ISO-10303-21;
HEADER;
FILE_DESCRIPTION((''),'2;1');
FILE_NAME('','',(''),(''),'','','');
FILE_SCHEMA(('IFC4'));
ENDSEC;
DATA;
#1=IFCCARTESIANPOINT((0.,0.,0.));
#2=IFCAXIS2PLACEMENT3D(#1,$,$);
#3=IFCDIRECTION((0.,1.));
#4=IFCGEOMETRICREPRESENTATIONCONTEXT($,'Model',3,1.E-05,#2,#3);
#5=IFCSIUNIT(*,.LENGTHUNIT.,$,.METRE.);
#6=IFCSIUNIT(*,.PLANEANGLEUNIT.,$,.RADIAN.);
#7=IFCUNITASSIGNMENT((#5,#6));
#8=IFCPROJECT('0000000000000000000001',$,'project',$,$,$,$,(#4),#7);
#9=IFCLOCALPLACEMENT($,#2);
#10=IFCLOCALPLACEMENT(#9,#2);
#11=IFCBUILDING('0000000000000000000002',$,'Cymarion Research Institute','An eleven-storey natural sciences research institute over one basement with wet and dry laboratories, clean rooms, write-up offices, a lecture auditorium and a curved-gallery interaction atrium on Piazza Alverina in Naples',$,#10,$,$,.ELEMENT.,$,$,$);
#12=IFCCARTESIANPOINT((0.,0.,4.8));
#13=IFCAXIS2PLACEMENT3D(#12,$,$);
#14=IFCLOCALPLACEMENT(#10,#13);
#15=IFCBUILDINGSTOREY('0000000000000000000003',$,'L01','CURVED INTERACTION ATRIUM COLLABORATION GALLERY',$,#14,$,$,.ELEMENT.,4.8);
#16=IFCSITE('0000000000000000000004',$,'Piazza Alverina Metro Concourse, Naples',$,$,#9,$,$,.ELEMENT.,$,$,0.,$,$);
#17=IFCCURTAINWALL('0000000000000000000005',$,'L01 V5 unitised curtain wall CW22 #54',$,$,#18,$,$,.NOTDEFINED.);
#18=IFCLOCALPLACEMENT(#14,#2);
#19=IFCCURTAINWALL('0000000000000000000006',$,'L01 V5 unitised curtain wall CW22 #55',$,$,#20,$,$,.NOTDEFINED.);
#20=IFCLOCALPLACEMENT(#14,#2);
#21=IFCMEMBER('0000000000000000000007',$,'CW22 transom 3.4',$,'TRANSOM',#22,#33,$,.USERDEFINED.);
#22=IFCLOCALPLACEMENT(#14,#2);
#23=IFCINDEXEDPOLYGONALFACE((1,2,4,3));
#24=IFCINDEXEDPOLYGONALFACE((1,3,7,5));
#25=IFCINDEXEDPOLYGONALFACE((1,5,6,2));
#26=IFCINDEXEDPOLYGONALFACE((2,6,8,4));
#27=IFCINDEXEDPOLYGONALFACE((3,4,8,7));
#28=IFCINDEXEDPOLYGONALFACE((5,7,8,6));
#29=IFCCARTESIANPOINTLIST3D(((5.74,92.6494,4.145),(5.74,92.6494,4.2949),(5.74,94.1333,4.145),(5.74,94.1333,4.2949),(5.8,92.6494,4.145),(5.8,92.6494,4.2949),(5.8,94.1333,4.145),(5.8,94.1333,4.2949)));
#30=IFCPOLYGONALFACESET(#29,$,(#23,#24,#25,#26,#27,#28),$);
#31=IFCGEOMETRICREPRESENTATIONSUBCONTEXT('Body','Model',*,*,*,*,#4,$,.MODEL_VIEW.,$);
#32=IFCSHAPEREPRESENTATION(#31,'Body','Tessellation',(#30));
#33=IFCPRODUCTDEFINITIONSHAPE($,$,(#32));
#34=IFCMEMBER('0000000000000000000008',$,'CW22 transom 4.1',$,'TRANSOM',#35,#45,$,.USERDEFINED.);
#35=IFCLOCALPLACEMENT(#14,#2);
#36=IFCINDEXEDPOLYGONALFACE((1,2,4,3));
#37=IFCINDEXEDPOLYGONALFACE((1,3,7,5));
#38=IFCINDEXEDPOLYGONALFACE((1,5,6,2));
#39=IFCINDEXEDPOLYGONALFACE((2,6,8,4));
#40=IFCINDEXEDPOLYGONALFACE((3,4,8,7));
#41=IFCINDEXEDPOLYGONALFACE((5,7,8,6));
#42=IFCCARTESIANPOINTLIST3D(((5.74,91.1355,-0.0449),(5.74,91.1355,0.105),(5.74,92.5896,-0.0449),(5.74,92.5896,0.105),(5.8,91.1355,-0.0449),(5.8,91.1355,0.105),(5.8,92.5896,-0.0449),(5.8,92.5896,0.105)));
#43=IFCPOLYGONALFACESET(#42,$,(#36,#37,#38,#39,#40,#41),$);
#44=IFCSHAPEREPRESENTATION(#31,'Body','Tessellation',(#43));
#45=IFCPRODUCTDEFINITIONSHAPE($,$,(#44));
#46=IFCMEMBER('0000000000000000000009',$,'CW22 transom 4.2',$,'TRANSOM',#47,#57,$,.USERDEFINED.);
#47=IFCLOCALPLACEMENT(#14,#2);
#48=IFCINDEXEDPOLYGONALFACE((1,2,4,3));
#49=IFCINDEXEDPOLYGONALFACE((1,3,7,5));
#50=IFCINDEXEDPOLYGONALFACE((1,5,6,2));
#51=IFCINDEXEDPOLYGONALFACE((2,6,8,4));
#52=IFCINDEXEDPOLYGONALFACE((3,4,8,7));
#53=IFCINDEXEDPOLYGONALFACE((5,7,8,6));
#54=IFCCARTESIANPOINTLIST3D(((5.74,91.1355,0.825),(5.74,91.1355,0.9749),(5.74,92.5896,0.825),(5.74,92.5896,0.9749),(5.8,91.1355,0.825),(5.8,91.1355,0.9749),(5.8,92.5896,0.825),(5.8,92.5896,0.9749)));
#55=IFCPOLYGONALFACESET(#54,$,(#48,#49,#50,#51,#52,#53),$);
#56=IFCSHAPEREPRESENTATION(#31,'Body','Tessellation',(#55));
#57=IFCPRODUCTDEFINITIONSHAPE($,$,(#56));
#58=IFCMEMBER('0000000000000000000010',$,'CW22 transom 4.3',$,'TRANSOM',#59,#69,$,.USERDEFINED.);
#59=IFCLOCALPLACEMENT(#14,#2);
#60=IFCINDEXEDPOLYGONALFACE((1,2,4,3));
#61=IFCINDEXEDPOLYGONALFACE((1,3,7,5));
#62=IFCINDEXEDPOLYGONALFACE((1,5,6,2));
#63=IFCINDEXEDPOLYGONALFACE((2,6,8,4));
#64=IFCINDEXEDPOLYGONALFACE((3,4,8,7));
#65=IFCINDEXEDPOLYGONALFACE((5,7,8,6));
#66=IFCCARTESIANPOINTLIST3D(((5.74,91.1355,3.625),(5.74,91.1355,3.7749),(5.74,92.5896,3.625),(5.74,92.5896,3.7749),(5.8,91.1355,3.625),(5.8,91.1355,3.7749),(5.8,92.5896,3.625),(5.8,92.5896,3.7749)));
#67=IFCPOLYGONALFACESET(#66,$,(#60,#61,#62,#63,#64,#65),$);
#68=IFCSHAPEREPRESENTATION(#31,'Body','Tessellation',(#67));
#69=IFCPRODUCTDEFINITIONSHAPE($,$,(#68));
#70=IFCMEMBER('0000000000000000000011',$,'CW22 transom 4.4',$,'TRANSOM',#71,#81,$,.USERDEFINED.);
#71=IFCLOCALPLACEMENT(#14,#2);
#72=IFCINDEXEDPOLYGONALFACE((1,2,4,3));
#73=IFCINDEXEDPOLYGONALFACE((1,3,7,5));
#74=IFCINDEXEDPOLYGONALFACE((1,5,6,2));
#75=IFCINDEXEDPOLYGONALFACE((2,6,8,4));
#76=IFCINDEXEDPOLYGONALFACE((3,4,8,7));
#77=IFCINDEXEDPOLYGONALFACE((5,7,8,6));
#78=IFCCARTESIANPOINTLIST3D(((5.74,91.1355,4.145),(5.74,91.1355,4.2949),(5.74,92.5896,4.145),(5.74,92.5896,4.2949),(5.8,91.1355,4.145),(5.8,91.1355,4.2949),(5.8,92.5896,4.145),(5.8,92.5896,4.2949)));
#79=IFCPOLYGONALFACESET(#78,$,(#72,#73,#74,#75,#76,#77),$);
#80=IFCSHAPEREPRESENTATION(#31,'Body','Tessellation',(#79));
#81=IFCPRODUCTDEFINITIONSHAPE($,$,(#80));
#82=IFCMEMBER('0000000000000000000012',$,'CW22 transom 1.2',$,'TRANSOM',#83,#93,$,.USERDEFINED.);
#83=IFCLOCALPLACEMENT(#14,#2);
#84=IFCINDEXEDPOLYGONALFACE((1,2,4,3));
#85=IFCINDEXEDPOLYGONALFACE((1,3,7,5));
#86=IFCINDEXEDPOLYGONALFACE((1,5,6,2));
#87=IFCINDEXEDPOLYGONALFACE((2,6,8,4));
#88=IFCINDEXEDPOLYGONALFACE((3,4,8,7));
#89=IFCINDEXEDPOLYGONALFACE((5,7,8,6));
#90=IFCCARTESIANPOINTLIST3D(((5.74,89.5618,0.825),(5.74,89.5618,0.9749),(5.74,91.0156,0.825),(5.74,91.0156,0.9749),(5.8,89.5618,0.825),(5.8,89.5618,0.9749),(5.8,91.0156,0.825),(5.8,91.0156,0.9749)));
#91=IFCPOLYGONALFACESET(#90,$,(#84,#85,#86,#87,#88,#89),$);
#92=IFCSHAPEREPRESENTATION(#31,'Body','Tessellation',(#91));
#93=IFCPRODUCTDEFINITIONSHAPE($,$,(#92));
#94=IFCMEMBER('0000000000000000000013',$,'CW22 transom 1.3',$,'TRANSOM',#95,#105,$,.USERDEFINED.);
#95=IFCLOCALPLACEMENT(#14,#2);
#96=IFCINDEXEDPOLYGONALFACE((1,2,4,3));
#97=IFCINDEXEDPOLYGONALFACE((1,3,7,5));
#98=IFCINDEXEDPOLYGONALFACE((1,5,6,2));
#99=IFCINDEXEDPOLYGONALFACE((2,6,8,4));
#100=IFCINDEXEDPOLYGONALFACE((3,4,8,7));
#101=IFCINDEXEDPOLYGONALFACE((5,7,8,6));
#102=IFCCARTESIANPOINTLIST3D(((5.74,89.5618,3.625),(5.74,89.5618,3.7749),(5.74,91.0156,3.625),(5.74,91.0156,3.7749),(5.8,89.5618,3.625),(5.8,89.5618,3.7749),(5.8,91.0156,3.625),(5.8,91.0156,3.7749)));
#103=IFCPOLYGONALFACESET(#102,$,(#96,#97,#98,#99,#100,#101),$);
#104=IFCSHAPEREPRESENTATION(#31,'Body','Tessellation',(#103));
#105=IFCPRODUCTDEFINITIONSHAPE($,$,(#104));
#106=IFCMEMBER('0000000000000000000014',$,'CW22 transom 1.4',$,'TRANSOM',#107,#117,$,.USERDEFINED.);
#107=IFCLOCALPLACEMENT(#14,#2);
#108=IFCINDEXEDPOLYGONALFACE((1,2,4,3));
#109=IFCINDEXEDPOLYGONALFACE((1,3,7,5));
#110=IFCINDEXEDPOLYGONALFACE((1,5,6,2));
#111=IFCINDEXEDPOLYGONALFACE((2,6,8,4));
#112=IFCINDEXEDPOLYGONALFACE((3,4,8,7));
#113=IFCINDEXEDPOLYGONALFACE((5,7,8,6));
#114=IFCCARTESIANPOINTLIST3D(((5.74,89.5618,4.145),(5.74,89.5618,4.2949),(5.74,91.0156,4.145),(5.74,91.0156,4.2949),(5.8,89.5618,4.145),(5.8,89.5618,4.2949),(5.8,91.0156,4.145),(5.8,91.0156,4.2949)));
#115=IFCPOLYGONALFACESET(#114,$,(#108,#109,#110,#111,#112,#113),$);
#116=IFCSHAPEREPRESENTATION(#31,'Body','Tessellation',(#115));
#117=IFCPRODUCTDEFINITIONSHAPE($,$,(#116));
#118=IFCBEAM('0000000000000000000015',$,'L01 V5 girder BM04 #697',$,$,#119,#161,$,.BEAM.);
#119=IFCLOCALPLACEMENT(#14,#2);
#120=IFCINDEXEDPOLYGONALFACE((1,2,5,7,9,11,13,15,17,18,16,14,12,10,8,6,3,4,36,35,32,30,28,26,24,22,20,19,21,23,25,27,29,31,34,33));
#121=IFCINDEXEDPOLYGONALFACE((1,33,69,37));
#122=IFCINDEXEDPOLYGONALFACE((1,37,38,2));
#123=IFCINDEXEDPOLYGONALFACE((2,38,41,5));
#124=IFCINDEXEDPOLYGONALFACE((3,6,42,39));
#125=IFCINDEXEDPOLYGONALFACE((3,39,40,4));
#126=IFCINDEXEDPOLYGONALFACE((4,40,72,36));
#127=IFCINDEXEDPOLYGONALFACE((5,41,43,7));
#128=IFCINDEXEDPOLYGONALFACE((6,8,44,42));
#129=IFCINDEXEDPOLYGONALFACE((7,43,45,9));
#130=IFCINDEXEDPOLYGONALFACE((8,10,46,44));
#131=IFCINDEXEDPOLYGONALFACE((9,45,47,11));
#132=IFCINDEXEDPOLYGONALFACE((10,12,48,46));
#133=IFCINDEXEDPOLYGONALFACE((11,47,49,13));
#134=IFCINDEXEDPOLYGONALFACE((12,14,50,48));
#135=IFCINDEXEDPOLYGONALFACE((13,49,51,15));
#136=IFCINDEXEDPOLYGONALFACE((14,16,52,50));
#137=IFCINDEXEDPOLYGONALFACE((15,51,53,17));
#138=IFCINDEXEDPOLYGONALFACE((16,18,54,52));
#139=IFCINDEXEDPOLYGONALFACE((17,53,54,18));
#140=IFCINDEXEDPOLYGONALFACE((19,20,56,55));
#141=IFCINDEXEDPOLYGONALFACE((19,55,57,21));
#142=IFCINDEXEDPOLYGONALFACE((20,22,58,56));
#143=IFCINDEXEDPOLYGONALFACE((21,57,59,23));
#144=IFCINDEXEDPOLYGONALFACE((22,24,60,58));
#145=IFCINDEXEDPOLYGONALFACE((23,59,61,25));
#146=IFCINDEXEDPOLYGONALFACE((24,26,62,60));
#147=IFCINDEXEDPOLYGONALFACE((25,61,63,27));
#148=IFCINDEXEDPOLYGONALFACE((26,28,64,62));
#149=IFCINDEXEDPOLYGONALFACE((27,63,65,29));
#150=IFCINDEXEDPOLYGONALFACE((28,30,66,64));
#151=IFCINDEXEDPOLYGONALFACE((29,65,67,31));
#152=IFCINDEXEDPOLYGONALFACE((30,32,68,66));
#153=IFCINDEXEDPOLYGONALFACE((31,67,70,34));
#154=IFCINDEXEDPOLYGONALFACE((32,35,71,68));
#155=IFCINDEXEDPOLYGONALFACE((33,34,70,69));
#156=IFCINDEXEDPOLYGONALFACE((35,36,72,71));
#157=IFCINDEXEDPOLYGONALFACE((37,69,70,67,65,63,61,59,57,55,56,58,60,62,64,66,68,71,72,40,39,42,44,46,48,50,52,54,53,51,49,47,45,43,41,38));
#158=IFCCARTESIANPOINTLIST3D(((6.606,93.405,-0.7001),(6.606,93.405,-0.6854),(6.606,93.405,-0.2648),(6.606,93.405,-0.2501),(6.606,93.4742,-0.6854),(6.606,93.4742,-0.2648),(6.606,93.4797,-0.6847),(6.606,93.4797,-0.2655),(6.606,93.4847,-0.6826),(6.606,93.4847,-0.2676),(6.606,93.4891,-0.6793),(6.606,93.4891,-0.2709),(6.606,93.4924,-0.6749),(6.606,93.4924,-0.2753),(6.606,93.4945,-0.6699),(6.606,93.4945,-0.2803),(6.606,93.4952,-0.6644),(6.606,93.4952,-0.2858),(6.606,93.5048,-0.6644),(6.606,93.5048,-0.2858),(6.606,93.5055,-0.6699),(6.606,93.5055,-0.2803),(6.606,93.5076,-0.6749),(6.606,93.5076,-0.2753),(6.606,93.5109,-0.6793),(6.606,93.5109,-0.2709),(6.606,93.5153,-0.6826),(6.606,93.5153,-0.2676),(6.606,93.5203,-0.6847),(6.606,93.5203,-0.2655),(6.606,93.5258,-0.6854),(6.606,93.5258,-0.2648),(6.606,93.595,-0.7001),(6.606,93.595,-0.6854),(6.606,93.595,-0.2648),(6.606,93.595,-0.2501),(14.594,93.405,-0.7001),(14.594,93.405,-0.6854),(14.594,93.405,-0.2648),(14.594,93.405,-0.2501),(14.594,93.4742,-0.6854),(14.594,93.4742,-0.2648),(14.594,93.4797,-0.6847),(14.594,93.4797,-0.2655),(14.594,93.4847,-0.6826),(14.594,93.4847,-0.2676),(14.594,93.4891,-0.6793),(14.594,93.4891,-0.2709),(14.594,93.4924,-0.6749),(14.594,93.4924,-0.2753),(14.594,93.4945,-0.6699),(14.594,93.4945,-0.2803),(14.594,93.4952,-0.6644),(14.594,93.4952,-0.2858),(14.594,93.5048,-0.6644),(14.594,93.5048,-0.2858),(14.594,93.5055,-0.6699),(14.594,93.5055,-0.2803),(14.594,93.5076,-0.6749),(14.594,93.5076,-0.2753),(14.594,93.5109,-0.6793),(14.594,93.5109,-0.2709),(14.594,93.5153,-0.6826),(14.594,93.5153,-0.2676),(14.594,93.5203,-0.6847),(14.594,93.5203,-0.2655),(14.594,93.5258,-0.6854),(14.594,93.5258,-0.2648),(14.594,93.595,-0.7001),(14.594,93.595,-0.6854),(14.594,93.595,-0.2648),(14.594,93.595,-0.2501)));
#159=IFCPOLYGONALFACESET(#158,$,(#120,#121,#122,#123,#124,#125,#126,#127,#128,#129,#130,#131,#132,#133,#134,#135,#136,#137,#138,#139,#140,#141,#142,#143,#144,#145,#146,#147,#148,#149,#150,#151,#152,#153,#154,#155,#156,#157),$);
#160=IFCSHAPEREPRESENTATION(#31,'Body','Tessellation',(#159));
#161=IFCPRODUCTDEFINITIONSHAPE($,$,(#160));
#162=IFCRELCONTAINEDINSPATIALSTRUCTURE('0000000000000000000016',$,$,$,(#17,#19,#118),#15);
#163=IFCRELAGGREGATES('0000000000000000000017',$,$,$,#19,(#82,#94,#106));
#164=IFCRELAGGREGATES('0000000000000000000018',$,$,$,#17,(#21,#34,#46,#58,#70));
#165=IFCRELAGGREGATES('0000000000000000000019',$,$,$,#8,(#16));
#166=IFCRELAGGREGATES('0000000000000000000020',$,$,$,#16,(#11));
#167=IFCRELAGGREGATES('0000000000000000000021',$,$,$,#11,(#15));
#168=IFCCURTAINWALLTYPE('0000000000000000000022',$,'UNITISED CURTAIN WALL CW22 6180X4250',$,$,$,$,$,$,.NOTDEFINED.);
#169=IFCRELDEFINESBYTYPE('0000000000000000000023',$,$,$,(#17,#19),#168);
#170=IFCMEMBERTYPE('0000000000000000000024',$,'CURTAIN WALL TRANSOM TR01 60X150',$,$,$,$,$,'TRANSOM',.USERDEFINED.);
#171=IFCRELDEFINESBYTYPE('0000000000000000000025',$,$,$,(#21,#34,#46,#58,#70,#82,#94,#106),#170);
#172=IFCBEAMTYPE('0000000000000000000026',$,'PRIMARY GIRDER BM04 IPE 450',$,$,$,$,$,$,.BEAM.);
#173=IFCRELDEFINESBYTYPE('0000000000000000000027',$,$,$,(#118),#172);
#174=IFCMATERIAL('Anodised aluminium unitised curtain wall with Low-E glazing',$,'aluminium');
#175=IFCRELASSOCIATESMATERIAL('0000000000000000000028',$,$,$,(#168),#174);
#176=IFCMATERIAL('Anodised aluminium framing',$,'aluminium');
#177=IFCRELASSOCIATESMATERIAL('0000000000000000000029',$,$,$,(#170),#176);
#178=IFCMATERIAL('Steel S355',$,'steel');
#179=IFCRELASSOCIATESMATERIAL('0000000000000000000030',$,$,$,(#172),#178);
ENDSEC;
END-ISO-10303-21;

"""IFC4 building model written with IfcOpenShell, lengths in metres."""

from ifc_helpers import new_model, si_unit, direction, frame, origin, origin_2d, place, context, subcontext, project, spatial, rectangle, i_section, extrude, material, material_profile, profile_set, type_object, element, aggregate, save


model = new_model("IFC4")

# Units and contexts
model_context = context("Model", 3, precision=1e-05, world=origin(), true_north=direction((0.0, 1.0)))
body_context = subcontext(model_context, "Body", "Model", "MODEL_VIEW")
ifc_project = project(units=[si_unit("LENGTHUNIT", "METRE"), si_unit("PLANEANGLEUNIT", "RADIAN")], contexts=[model_context])

# Site, building, storey
site_placement = place(None, origin())
site = spatial("IfcSite", under=ifc_project, at=site_placement, Name="Piazza Alverina Metro Concourse, Naples", CompositionType="ELEMENT", RefElevation=0.0)
building_placement = place(site_placement, origin())
building = spatial("IfcBuilding", under=site, at=building_placement, Name="Cymarion Research Institute", Description="An eleven-storey natural sciences research institute over one basement with wet and dry laboratories, clean rooms, write-up offices, a lecture auditorium and a curved-gallery interaction atrium on Piazza Alverina in Naples", CompositionType="ELEMENT")
storey_placement = place(building_placement, frame((0.0, 0.0, 4.8)))
storey = spatial("IfcBuildingStorey", under=building, at=storey_placement, Name="L01", Description="CURVED INTERACTION ATRIUM COLLABORATION GALLERY", CompositionType="ELEMENT", Elevation=4.8)

# Shared definitions
ifc_material_1 = material(Name="Steel S355", Category="steel")

# Curtain wall
ifc_material_2 = material(Name="Anodised aluminium unitised curtain wall with Low-E glazing", Category="aluminium")
curtain_wall_type = type_object("IfcCurtainWallType", Name="UNITISED CURTAIN WALL CW22 6180X4250", PredefinedType="NOTDEFINED", material=ifc_material_2)
curtain_wall_1_placement = place(storey_placement, origin())
curtain_wall_1 = element("IfcCurtainWall", 1, at=curtain_wall_1_placement, inside=storey, type_object=curtain_wall_type, Name="L01 V5 unitised curtain wall CW22 #54", PredefinedType="NOTDEFINED")
ifc_material_3 = material(Name="Anodised aluminium framing", Category="aluminium")

# Curtain wall
curtain_wall_2_placement = place(storey_placement, origin())
curtain_wall_2 = element("IfcCurtainWall", 2, at=curtain_wall_2_placement, inside=storey, type_object=curtain_wall_type, Name="L01 V5 unitised curtain wall CW22 #55", PredefinedType="NOTDEFINED")

# Members
ifc_material_profile_1 = material_profile(ifc_material_3, rectangle(XDim=0.0601, YDim=0.1499, at=origin_2d()), Name="ALU TRANSOM 60x150")
ifc_profile_set_1 = profile_set([ifc_material_profile_1], Name="Anodised aluminium framing")
member_type_1 = type_object("IfcMemberType", Name="CURTAIN WALL TRANSOM TR01 60X150", ElementType="TRANSOM", PredefinedType="USERDEFINED", material=ifc_profile_set_1)
member_1_placement = place(storey_placement, frame((5.77, 94.1333, 4.22), z_axis=(0.0, -1.0, 0.0), x_axis=(1.0, 0.0, 0.0)))
member_1 = element("IfcMember", 3, at=member_1_placement, type_object=member_type_1, Name="CW22 transom 3.4", ObjectType="TRANSOM", PredefinedType="USERDEFINED", context=body_context, shape_type="SweptSolid", body=[
    extrude(rectangle(XDim=0.0601, YDim=0.1499, at=origin_2d()), origin(), (0.0, 0.0, 1.0), 1.4839),
])
member_2_placement = place(storey_placement, frame((5.77, 92.5896, 0.03), z_axis=(0.0, -1.0, 0.0), x_axis=(1.0, 0.0, 0.0)))
member_2 = element("IfcMember", 4, at=member_2_placement, type_object=member_type_1, Name="CW22 transom 4.1", ObjectType="TRANSOM", PredefinedType="USERDEFINED", context=body_context, shape_type="SweptSolid", body=[
    extrude(rectangle(XDim=0.0601, YDim=0.1499, at=origin_2d()), origin(), (0.0, 0.0, 1.0), 1.4541),
])
member_3_placement = place(storey_placement, frame((5.77, 92.5896, 0.8999), z_axis=(0.0, -1.0, 0.0), x_axis=(1.0, 0.0, 0.0)))
member_3 = element("IfcMember", 5, at=member_3_placement, type_object=member_type_1, Name="CW22 transom 4.2", ObjectType="TRANSOM", PredefinedType="USERDEFINED", context=body_context, shape_type="SweptSolid", body=[
    extrude(rectangle(XDim=0.0601, YDim=0.1499, at=origin_2d()), origin(), (0.0, 0.0, 1.0), 1.4541),
])
member_4_placement = place(storey_placement, frame((5.77, 92.5896, 3.7), z_axis=(0.0, -1.0, 0.0), x_axis=(1.0, 0.0, 0.0)))
member_4 = element("IfcMember", 6, at=member_4_placement, type_object=member_type_1, Name="CW22 transom 4.3", ObjectType="TRANSOM", PredefinedType="USERDEFINED", context=body_context, shape_type="SweptSolid", body=[
    extrude(rectangle(XDim=0.0601, YDim=0.1499, at=origin_2d()), origin(), (0.0, 0.0, 1.0), 1.4541),
])
member_5_placement = place(storey_placement, frame((5.77, 92.5896, 4.22), z_axis=(0.0, -1.0, 0.0), x_axis=(1.0, 0.0, 0.0)))
member_5 = element("IfcMember", 7, at=member_5_placement, type_object=member_type_1, Name="CW22 transom 4.4", ObjectType="TRANSOM", PredefinedType="USERDEFINED", context=body_context, shape_type="SweptSolid", body=[
    extrude(rectangle(XDim=0.0601, YDim=0.1499, at=origin_2d()), origin(), (0.0, 0.0, 1.0), 1.4541),
])
member_6_placement = place(storey_placement, frame((5.77, 91.0156, 0.8999), z_axis=(0.0, -1.0, 0.0), x_axis=(1.0, 0.0, 0.0)))
member_6 = element("IfcMember", 8, at=member_6_placement, type_object=member_type_1, Name="CW22 transom 1.2", ObjectType="TRANSOM", PredefinedType="USERDEFINED", context=body_context, shape_type="SweptSolid", body=[
    extrude(rectangle(XDim=0.0601, YDim=0.1499, at=origin_2d()), origin(), (0.0, 0.0, 1.0), 1.4539),
])
member_7_placement = place(storey_placement, frame((5.77, 91.0156, 3.7), z_axis=(0.0, -1.0, 0.0), x_axis=(1.0, 0.0, 0.0)))
member_7 = element("IfcMember", 9, at=member_7_placement, type_object=member_type_1, Name="CW22 transom 1.3", ObjectType="TRANSOM", PredefinedType="USERDEFINED", context=body_context, shape_type="SweptSolid", body=[
    extrude(rectangle(XDim=0.0601, YDim=0.1499, at=origin_2d()), origin(), (0.0, 0.0, 1.0), 1.4539),
])
member_8_placement = place(storey_placement, frame((5.77, 91.0156, 4.22), z_axis=(0.0, -1.0, 0.0), x_axis=(1.0, 0.0, 0.0)))
member_8 = element("IfcMember", 10, at=member_8_placement, type_object=member_type_1, Name="CW22 transom 1.4", ObjectType="TRANSOM", PredefinedType="USERDEFINED", context=body_context, shape_type="SweptSolid", body=[
    extrude(rectangle(XDim=0.0601, YDim=0.1499, at=origin_2d()), origin(), (0.0, 0.0, 1.0), 1.4539),
])
aggregate(curtain_wall_2, [member_6, member_7, member_8])

# Beam
ifc_material_profile_2 = material_profile(ifc_material_1, i_section(OverallWidth=0.1899, OverallDepth=0.45, WebThickness=0.0095, FlangeThickness=0.0146, FilletRadius=0.021, at=origin_2d()), Name="IPE 450")
ifc_profile_set_2 = profile_set([ifc_material_profile_2], Name="Steel S355")
beam_type_1 = type_object("IfcBeamType", Name="PRIMARY GIRDER BM04 IPE 450", PredefinedType="BEAM", material=ifc_profile_set_2)
beam_1_placement = place(storey_placement, frame((6.606, 93.5, -0.4751), z_axis=(1.0, 0.0, 0.0), x_axis=(0.0, 1.0, 0.0)))
element("IfcBeam", 11, at=beam_1_placement, inside=storey, type_object=beam_type_1, Name="L01 V5 girder BM04 #697", PredefinedType="BEAM", context=body_context, shape_type="SweptSolid", body=[
    extrude(i_section(OverallWidth=0.1899, OverallDepth=0.45, WebThickness=0.0095, FlangeThickness=0.0146, FilletRadius=0.021, at=origin_2d()), origin(), (0.0, 0.0, 1.0), 7.988),
])

aggregate(curtain_wall_1, [member_1, member_2, member_3, member_4, member_5])

save(model, "model.ifc")
